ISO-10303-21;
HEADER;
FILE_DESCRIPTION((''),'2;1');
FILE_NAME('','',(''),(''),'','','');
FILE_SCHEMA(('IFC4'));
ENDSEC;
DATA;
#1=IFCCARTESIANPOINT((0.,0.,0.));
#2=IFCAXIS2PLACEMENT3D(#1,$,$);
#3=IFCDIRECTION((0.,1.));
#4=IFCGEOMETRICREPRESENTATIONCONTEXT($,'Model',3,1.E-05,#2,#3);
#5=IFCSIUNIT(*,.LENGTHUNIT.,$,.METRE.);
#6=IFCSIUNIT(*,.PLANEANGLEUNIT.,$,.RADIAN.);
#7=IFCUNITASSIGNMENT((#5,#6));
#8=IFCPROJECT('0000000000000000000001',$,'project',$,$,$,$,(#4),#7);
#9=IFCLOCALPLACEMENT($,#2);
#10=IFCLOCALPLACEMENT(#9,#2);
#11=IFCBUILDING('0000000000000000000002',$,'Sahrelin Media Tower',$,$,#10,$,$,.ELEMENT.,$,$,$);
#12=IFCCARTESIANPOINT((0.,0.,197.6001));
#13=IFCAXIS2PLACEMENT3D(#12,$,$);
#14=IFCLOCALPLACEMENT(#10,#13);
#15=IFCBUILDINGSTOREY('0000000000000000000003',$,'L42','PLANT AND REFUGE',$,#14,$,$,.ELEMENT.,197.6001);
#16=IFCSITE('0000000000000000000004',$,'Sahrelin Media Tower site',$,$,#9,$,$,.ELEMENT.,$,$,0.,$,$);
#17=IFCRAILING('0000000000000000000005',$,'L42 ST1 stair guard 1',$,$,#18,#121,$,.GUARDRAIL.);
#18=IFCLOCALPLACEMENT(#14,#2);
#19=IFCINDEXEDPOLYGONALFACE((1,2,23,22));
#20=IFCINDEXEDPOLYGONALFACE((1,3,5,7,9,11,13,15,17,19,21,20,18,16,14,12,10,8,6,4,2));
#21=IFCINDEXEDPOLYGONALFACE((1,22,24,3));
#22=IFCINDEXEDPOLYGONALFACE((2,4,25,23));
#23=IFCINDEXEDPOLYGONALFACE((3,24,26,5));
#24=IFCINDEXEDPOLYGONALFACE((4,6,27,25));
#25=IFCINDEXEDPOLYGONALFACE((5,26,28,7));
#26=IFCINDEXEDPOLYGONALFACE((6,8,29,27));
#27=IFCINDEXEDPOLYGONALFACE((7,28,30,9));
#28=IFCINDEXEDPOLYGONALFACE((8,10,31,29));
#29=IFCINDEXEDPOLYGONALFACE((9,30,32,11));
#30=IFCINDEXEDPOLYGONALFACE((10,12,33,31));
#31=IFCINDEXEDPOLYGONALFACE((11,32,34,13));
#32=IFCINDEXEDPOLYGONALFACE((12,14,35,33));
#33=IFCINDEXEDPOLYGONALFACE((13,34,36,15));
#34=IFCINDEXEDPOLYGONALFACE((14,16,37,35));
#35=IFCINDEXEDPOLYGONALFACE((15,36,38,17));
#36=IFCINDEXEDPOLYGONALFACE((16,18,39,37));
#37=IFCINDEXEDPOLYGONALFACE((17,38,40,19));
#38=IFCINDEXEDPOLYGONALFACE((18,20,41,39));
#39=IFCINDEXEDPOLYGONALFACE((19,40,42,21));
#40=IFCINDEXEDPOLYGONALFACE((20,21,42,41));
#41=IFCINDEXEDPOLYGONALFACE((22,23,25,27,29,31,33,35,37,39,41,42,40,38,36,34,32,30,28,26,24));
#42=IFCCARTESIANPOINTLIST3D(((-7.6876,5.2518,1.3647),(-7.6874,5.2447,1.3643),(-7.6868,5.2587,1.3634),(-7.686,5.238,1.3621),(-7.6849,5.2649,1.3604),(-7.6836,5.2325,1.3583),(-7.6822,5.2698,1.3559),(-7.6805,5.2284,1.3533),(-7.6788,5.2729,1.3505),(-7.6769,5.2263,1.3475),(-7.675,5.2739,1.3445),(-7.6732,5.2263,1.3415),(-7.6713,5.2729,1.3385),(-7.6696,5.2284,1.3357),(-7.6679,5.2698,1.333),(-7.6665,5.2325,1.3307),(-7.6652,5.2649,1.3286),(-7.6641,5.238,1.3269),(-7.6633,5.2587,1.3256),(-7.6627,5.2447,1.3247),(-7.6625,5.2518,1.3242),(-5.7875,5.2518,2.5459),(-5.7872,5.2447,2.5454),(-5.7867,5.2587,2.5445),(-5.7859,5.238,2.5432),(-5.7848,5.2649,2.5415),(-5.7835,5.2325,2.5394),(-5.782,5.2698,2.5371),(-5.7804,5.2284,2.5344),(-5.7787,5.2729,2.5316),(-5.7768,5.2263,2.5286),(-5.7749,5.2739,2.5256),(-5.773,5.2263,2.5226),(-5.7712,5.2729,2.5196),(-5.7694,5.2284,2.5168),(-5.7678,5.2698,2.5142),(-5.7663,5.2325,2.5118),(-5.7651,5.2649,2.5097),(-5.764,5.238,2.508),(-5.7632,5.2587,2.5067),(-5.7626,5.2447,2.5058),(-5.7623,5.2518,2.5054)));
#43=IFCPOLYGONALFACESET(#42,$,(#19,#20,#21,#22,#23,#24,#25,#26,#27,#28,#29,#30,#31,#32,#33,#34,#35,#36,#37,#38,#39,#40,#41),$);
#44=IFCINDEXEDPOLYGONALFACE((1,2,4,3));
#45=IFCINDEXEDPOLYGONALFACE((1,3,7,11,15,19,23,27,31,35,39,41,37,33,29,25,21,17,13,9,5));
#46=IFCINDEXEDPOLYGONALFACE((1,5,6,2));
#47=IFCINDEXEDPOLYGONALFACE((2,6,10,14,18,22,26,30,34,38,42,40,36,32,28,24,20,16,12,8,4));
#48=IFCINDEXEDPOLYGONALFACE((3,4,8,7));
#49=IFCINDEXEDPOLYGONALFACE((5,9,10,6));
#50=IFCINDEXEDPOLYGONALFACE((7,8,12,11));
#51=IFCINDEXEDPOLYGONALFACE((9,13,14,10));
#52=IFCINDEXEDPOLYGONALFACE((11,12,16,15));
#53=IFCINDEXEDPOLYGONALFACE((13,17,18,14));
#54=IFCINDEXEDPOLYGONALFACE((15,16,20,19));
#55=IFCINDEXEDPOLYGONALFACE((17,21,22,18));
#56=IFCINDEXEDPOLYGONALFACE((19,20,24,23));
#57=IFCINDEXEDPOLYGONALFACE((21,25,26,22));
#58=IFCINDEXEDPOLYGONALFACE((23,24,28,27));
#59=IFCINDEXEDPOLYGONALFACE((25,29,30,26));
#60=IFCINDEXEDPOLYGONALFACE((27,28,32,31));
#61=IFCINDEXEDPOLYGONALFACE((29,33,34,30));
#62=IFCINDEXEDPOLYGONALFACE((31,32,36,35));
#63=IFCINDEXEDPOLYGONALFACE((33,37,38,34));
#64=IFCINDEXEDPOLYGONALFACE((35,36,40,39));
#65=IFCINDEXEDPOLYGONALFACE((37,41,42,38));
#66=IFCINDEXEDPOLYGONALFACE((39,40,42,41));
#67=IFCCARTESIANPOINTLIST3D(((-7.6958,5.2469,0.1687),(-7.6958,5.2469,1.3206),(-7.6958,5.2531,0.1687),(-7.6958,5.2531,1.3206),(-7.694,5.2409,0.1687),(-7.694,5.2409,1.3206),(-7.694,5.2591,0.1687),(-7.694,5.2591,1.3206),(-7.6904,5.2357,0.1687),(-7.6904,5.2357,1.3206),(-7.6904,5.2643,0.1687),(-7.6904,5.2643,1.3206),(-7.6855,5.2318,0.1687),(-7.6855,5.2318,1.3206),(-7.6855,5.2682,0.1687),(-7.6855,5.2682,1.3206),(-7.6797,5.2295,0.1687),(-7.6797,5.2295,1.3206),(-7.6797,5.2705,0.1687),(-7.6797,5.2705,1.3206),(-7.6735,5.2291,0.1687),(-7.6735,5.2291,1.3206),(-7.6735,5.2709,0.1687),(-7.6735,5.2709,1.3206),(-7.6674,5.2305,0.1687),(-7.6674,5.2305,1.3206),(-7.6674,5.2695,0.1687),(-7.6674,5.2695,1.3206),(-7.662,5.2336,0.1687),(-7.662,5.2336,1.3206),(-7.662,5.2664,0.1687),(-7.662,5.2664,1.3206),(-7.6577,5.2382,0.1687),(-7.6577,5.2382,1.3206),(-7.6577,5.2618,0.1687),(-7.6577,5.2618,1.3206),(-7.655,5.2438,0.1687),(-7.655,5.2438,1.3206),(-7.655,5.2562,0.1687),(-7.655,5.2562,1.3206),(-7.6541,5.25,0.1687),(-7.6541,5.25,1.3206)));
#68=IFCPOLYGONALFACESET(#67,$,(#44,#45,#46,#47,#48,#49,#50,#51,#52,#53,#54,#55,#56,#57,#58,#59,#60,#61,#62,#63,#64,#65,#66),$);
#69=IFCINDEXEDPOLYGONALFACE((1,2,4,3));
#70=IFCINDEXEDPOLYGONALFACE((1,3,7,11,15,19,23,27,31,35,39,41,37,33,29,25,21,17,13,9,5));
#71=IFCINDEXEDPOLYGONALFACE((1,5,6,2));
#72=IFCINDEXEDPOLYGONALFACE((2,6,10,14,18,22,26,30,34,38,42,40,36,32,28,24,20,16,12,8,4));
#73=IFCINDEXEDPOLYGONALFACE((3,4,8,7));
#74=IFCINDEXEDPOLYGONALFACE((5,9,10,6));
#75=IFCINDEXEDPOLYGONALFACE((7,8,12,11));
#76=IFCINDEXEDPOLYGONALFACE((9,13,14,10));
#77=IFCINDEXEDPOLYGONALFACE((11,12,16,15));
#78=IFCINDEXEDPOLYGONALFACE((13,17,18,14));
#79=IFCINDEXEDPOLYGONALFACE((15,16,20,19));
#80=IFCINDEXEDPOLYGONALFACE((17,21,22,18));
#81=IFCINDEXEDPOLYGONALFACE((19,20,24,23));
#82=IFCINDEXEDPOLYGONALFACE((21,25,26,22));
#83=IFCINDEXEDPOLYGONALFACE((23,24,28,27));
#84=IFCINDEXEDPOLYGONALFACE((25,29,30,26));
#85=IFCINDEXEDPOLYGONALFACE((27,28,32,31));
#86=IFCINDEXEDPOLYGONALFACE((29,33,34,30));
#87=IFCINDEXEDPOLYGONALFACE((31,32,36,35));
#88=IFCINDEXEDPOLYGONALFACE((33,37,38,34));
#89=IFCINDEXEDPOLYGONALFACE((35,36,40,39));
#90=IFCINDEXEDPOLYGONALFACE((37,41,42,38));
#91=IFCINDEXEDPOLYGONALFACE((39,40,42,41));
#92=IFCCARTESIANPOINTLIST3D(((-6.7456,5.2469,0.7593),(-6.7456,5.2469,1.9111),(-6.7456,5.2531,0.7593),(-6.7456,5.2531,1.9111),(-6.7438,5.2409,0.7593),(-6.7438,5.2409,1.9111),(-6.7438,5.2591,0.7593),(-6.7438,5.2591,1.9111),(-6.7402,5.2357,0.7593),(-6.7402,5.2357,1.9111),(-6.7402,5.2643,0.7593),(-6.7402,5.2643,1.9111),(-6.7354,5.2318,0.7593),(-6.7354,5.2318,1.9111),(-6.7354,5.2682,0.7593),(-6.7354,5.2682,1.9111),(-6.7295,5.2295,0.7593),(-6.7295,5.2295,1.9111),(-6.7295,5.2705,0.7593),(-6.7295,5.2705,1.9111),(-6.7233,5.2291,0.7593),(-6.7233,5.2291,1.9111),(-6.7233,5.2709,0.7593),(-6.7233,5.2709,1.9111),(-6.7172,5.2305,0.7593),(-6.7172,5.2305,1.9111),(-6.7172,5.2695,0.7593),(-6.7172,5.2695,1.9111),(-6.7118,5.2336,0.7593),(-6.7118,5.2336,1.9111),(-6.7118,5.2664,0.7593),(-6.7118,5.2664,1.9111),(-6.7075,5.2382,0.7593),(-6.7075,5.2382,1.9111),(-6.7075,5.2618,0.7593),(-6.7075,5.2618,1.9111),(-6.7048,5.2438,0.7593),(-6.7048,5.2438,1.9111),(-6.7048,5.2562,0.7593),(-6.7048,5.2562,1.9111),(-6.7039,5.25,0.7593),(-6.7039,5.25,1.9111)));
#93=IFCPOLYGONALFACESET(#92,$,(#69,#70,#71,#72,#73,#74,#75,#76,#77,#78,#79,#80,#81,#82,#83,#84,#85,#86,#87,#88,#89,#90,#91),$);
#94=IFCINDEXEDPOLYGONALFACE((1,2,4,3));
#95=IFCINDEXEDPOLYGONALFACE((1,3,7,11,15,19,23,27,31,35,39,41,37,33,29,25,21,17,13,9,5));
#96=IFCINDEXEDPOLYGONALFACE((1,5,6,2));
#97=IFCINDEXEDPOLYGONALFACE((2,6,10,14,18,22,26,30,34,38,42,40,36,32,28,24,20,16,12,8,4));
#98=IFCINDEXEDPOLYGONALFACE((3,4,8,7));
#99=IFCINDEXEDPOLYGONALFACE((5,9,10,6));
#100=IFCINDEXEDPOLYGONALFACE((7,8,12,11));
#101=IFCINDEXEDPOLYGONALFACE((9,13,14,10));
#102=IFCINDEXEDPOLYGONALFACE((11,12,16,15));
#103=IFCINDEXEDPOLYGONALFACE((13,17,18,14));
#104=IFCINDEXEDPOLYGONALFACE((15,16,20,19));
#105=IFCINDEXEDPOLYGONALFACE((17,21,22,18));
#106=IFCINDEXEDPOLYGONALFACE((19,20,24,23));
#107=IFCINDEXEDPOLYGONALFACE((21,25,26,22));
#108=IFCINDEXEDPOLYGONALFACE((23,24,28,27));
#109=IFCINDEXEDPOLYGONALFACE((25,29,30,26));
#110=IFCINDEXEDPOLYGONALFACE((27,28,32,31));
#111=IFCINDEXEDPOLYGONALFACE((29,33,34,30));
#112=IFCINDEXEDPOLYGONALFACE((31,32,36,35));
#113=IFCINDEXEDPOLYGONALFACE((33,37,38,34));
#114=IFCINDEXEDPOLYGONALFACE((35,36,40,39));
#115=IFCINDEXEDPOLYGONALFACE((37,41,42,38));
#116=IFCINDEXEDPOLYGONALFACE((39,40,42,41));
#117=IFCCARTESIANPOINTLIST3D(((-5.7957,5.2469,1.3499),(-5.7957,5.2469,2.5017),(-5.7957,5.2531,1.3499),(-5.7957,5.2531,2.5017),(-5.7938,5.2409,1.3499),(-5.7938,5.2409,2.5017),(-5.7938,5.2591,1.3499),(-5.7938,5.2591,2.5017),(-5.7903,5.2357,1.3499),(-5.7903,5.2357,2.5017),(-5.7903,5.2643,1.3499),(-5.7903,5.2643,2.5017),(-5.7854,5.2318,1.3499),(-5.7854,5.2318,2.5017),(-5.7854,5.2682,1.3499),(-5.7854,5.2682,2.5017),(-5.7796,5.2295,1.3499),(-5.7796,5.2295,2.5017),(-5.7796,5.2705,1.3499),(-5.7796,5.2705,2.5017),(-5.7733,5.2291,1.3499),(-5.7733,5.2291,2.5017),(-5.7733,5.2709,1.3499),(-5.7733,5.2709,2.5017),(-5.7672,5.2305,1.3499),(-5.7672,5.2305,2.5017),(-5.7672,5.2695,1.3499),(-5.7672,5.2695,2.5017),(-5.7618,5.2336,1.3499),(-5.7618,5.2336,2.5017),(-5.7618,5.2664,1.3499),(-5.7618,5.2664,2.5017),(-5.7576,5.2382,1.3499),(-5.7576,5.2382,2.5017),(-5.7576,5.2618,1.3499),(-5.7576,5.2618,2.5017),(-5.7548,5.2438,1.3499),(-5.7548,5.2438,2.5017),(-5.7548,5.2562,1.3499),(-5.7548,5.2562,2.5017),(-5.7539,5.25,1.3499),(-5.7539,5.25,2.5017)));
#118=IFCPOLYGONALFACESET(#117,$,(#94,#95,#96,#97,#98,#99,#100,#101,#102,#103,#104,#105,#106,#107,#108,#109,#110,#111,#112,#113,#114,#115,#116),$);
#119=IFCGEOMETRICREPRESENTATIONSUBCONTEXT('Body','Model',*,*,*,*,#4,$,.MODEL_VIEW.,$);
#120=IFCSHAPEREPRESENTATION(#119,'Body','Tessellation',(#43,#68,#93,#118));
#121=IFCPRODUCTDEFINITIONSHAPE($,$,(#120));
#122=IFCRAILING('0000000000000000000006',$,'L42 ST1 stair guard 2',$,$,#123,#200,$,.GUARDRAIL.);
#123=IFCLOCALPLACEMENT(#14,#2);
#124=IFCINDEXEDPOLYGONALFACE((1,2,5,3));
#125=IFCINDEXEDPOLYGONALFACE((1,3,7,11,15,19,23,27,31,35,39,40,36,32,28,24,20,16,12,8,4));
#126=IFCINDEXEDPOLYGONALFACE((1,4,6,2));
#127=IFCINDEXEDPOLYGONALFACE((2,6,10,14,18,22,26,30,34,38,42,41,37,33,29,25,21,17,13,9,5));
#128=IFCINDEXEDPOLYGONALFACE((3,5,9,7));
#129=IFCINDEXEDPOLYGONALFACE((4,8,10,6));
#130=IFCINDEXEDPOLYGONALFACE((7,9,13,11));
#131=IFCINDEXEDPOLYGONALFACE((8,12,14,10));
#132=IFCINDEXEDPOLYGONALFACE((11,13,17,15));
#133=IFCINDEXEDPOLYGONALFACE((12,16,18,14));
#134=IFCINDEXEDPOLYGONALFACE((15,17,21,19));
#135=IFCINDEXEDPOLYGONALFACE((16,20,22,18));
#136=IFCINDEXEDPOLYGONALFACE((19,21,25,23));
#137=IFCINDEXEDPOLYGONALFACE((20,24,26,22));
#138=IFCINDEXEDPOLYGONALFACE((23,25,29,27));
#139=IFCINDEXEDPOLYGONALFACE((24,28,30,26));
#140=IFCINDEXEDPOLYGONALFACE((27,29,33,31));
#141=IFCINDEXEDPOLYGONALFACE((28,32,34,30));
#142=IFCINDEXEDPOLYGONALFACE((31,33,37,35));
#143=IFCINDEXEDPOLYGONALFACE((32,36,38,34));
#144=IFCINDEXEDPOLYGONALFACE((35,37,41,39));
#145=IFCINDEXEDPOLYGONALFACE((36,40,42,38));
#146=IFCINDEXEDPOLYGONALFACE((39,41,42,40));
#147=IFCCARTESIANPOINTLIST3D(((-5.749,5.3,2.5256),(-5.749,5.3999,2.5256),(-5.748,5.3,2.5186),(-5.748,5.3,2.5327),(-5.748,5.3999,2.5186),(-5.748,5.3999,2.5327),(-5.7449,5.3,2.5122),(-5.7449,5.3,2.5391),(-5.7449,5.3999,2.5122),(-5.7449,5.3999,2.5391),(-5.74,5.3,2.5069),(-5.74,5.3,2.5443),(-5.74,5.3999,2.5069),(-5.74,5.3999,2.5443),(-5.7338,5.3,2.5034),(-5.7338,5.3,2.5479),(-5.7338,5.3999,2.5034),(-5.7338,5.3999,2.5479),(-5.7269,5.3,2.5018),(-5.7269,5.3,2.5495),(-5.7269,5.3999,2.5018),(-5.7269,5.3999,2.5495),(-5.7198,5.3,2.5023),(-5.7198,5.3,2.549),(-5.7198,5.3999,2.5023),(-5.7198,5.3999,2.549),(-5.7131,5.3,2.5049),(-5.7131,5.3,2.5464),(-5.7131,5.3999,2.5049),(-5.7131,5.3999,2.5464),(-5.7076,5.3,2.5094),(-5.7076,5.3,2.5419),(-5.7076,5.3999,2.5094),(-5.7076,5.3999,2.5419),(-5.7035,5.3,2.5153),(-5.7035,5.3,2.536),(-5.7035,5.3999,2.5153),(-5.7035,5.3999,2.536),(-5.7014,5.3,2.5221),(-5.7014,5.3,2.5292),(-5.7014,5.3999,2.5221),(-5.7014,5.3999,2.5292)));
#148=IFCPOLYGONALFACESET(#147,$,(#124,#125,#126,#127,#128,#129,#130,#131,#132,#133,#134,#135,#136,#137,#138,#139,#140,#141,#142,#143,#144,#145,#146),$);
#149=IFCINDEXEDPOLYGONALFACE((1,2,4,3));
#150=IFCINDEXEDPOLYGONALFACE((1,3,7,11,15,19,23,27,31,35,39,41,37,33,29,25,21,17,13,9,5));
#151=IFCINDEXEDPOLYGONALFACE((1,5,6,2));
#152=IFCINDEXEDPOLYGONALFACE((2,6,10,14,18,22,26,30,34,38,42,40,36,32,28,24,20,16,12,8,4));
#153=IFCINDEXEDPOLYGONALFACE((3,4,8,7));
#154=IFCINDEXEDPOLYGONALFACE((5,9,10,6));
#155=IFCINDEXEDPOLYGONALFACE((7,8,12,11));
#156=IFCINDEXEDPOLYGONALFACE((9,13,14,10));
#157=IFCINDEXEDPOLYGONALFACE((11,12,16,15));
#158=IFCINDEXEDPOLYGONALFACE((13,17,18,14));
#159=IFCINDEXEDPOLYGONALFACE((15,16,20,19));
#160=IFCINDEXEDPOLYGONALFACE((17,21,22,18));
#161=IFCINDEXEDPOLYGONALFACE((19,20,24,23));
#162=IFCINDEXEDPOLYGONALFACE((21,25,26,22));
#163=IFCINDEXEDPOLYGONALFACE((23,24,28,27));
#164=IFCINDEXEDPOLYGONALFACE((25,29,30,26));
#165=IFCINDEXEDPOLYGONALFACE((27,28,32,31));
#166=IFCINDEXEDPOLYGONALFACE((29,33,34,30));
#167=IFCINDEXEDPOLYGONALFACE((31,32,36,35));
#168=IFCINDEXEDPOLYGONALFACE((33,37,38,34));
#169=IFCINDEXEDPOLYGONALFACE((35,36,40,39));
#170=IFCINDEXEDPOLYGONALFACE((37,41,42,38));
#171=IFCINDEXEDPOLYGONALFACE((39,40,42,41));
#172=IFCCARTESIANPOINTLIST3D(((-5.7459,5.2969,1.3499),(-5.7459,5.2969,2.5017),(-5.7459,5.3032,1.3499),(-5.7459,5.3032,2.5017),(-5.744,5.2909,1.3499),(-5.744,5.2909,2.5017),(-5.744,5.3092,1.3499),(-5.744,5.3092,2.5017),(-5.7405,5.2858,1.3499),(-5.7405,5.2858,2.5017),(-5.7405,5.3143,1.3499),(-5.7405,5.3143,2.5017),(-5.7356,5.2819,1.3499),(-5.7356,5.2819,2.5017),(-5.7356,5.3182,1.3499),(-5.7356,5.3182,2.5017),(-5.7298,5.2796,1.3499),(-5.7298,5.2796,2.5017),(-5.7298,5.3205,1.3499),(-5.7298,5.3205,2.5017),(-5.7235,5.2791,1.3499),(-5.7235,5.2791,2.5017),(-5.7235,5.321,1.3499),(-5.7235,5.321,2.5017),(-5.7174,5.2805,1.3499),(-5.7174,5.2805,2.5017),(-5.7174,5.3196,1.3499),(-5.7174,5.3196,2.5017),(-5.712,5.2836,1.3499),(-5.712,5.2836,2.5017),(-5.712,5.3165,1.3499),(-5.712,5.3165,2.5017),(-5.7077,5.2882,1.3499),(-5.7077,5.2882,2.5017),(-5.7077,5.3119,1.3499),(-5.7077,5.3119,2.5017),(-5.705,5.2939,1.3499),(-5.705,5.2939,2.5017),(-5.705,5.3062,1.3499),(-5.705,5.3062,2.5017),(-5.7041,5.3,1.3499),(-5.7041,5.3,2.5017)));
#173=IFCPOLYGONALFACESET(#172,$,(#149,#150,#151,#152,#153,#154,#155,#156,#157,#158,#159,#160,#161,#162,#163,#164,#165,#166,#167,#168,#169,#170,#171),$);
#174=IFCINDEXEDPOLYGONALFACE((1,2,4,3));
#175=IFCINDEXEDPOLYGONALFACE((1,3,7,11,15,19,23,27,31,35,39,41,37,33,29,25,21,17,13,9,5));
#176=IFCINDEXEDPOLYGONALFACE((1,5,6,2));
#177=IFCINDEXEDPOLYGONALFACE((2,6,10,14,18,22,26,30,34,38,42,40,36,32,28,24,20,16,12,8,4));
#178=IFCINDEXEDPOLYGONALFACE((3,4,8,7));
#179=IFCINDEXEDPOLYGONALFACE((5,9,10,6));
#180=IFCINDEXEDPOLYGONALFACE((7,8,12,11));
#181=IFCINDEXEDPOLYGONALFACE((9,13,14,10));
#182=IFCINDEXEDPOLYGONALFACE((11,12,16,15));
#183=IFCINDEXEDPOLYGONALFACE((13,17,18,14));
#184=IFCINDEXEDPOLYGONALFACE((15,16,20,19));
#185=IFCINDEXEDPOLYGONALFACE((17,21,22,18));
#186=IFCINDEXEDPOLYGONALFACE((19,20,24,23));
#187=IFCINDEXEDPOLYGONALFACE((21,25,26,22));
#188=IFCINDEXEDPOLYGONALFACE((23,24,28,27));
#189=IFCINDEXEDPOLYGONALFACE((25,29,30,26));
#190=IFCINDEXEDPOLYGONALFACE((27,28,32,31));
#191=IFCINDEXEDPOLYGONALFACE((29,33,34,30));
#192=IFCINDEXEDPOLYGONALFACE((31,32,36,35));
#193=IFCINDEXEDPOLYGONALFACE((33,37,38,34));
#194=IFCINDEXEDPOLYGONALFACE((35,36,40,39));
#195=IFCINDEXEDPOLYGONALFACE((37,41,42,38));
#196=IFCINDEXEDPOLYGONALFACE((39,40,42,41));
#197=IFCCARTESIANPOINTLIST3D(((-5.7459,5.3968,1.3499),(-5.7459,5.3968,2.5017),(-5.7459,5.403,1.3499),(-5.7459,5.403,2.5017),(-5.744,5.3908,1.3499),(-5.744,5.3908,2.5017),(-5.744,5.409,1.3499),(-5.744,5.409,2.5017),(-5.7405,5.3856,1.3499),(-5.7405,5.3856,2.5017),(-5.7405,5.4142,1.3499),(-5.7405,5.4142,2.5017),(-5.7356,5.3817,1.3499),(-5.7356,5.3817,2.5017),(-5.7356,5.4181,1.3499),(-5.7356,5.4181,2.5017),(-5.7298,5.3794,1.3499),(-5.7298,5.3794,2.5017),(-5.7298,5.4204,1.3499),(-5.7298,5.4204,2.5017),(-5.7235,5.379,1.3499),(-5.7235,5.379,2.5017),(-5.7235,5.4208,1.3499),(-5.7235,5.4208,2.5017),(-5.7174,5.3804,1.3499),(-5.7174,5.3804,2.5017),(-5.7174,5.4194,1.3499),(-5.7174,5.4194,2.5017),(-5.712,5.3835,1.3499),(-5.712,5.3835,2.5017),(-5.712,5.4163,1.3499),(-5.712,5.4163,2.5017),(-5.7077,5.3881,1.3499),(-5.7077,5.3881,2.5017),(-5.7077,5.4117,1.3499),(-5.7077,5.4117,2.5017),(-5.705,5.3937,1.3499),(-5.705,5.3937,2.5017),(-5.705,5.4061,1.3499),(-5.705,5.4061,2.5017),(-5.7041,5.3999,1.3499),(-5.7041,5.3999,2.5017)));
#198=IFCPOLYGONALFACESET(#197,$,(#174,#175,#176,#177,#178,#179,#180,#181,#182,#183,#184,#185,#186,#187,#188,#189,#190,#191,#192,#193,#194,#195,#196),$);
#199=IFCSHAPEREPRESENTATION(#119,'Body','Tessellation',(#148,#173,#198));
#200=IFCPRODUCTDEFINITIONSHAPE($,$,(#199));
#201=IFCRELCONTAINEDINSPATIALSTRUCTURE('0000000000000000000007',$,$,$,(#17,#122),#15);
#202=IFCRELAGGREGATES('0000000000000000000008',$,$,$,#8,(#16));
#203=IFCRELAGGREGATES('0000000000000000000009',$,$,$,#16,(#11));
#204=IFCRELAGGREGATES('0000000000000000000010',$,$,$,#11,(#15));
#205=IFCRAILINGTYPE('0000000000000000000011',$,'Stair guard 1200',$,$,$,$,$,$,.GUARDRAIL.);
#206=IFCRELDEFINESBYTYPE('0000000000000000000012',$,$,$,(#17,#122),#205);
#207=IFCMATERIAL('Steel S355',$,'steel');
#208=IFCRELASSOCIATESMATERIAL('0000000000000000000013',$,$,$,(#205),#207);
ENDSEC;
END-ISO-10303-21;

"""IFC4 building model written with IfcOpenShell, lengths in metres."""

from ifc_helpers import new_model, si_unit, direction, frame, origin, origin_2d, place, context, subcontext, project, spatial, circle, extrude, material, type_object, element, save


model = new_model("IFC4")

# Units and contexts
model_context = context("Model", 3, precision=1e-05, world=origin(), true_north=direction((0.0, 1.0)))
body_context = subcontext(model_context, "Body", "Model", "MODEL_VIEW")
ifc_project = project(units=[si_unit("LENGTHUNIT", "METRE"), si_unit("PLANEANGLEUNIT", "RADIAN")], contexts=[model_context])

# Site, building, storey
site_placement = place(None, origin())
site = spatial("IfcSite", under=ifc_project, at=site_placement, Name="Sahrelin Media Tower site", CompositionType="ELEMENT", RefElevation=0.0)
building_placement = place(site_placement, origin())
building = spatial("IfcBuilding", under=site, at=building_placement, Name="Sahrelin Media Tower", CompositionType="ELEMENT")
storey_placement = place(building_placement, frame((0.0, 0.0, 197.6001)))
storey = spatial("IfcBuildingStorey", under=building, at=storey_placement, Name="L42", Description="PLANT AND REFUGE", CompositionType="ELEMENT", Elevation=197.6001)

# Shared definitions
ifc_material_1 = material(Name="Steel S355", Category="steel")

# Railings
railing_type_1 = type_object("IfcRailingType", Name="Stair guard 1200", PredefinedType="GUARDRAIL", material=ifc_material_1)
railing_1_placement = place(storey_placement, frame((-7.675, 5.25, 0.1687)))
element("IfcRailing", 1, at=railing_1_placement, inside=storey, type_object=railing_type_1, Name="L42 ST1 stair guard 1", PredefinedType="GUARDRAIL", context=body_context, shape_type="SweptSolid", body=[
    extrude(circle(Radius=0.0239, at=origin_2d()), frame((0.0, 0.0, 1.1758), z_axis=(0.849289, 0.0, 0.527928), x_axis=(0.0, 1.0, 0.0)), (0.0, 0.0, 1.0), 2.2373),
    extrude(circle(Radius=0.021, at=origin_2d()), origin(), (0.0, 0.0, 1.0), 1.1519),
    extrude(circle(Radius=0.021, at=origin_2d()), frame((0.9502, 0.0, 0.5906)), (0.0, 0.0, 1.0), 1.1519),
    extrude(circle(Radius=0.021, at=origin_2d()), frame((1.9001, 0.0, 1.1812)), (0.0, 0.0, 1.0), 1.1519),
])
railing_2_placement = place(storey_placement, frame((-5.7251, 5.3, 1.3499)))
element("IfcRailing", 2, at=railing_2_placement, inside=storey, type_object=railing_type_1, Name="L42 ST1 stair guard 2", PredefinedType="GUARDRAIL", context=body_context, shape_type="SweptSolid", body=[
    extrude(circle(Radius=0.0239, at=origin_2d()), frame((0.0, 0.0, 1.1758), z_axis=(0.0, 1.0, 0.0), x_axis=(-1.0, 0.0, 0.0)), (0.0, 0.0, 1.0), 0.0999),
    extrude(circle(Radius=0.021, at=origin_2d()), origin(), (0.0, 0.0, 1.0), 1.1519),
    extrude(circle(Radius=0.021, at=origin_2d()), frame((0.0, 0.0999, 0.0)), (0.0, 0.0, 1.0), 1.1519),
])

save(model, "model.ifc")
